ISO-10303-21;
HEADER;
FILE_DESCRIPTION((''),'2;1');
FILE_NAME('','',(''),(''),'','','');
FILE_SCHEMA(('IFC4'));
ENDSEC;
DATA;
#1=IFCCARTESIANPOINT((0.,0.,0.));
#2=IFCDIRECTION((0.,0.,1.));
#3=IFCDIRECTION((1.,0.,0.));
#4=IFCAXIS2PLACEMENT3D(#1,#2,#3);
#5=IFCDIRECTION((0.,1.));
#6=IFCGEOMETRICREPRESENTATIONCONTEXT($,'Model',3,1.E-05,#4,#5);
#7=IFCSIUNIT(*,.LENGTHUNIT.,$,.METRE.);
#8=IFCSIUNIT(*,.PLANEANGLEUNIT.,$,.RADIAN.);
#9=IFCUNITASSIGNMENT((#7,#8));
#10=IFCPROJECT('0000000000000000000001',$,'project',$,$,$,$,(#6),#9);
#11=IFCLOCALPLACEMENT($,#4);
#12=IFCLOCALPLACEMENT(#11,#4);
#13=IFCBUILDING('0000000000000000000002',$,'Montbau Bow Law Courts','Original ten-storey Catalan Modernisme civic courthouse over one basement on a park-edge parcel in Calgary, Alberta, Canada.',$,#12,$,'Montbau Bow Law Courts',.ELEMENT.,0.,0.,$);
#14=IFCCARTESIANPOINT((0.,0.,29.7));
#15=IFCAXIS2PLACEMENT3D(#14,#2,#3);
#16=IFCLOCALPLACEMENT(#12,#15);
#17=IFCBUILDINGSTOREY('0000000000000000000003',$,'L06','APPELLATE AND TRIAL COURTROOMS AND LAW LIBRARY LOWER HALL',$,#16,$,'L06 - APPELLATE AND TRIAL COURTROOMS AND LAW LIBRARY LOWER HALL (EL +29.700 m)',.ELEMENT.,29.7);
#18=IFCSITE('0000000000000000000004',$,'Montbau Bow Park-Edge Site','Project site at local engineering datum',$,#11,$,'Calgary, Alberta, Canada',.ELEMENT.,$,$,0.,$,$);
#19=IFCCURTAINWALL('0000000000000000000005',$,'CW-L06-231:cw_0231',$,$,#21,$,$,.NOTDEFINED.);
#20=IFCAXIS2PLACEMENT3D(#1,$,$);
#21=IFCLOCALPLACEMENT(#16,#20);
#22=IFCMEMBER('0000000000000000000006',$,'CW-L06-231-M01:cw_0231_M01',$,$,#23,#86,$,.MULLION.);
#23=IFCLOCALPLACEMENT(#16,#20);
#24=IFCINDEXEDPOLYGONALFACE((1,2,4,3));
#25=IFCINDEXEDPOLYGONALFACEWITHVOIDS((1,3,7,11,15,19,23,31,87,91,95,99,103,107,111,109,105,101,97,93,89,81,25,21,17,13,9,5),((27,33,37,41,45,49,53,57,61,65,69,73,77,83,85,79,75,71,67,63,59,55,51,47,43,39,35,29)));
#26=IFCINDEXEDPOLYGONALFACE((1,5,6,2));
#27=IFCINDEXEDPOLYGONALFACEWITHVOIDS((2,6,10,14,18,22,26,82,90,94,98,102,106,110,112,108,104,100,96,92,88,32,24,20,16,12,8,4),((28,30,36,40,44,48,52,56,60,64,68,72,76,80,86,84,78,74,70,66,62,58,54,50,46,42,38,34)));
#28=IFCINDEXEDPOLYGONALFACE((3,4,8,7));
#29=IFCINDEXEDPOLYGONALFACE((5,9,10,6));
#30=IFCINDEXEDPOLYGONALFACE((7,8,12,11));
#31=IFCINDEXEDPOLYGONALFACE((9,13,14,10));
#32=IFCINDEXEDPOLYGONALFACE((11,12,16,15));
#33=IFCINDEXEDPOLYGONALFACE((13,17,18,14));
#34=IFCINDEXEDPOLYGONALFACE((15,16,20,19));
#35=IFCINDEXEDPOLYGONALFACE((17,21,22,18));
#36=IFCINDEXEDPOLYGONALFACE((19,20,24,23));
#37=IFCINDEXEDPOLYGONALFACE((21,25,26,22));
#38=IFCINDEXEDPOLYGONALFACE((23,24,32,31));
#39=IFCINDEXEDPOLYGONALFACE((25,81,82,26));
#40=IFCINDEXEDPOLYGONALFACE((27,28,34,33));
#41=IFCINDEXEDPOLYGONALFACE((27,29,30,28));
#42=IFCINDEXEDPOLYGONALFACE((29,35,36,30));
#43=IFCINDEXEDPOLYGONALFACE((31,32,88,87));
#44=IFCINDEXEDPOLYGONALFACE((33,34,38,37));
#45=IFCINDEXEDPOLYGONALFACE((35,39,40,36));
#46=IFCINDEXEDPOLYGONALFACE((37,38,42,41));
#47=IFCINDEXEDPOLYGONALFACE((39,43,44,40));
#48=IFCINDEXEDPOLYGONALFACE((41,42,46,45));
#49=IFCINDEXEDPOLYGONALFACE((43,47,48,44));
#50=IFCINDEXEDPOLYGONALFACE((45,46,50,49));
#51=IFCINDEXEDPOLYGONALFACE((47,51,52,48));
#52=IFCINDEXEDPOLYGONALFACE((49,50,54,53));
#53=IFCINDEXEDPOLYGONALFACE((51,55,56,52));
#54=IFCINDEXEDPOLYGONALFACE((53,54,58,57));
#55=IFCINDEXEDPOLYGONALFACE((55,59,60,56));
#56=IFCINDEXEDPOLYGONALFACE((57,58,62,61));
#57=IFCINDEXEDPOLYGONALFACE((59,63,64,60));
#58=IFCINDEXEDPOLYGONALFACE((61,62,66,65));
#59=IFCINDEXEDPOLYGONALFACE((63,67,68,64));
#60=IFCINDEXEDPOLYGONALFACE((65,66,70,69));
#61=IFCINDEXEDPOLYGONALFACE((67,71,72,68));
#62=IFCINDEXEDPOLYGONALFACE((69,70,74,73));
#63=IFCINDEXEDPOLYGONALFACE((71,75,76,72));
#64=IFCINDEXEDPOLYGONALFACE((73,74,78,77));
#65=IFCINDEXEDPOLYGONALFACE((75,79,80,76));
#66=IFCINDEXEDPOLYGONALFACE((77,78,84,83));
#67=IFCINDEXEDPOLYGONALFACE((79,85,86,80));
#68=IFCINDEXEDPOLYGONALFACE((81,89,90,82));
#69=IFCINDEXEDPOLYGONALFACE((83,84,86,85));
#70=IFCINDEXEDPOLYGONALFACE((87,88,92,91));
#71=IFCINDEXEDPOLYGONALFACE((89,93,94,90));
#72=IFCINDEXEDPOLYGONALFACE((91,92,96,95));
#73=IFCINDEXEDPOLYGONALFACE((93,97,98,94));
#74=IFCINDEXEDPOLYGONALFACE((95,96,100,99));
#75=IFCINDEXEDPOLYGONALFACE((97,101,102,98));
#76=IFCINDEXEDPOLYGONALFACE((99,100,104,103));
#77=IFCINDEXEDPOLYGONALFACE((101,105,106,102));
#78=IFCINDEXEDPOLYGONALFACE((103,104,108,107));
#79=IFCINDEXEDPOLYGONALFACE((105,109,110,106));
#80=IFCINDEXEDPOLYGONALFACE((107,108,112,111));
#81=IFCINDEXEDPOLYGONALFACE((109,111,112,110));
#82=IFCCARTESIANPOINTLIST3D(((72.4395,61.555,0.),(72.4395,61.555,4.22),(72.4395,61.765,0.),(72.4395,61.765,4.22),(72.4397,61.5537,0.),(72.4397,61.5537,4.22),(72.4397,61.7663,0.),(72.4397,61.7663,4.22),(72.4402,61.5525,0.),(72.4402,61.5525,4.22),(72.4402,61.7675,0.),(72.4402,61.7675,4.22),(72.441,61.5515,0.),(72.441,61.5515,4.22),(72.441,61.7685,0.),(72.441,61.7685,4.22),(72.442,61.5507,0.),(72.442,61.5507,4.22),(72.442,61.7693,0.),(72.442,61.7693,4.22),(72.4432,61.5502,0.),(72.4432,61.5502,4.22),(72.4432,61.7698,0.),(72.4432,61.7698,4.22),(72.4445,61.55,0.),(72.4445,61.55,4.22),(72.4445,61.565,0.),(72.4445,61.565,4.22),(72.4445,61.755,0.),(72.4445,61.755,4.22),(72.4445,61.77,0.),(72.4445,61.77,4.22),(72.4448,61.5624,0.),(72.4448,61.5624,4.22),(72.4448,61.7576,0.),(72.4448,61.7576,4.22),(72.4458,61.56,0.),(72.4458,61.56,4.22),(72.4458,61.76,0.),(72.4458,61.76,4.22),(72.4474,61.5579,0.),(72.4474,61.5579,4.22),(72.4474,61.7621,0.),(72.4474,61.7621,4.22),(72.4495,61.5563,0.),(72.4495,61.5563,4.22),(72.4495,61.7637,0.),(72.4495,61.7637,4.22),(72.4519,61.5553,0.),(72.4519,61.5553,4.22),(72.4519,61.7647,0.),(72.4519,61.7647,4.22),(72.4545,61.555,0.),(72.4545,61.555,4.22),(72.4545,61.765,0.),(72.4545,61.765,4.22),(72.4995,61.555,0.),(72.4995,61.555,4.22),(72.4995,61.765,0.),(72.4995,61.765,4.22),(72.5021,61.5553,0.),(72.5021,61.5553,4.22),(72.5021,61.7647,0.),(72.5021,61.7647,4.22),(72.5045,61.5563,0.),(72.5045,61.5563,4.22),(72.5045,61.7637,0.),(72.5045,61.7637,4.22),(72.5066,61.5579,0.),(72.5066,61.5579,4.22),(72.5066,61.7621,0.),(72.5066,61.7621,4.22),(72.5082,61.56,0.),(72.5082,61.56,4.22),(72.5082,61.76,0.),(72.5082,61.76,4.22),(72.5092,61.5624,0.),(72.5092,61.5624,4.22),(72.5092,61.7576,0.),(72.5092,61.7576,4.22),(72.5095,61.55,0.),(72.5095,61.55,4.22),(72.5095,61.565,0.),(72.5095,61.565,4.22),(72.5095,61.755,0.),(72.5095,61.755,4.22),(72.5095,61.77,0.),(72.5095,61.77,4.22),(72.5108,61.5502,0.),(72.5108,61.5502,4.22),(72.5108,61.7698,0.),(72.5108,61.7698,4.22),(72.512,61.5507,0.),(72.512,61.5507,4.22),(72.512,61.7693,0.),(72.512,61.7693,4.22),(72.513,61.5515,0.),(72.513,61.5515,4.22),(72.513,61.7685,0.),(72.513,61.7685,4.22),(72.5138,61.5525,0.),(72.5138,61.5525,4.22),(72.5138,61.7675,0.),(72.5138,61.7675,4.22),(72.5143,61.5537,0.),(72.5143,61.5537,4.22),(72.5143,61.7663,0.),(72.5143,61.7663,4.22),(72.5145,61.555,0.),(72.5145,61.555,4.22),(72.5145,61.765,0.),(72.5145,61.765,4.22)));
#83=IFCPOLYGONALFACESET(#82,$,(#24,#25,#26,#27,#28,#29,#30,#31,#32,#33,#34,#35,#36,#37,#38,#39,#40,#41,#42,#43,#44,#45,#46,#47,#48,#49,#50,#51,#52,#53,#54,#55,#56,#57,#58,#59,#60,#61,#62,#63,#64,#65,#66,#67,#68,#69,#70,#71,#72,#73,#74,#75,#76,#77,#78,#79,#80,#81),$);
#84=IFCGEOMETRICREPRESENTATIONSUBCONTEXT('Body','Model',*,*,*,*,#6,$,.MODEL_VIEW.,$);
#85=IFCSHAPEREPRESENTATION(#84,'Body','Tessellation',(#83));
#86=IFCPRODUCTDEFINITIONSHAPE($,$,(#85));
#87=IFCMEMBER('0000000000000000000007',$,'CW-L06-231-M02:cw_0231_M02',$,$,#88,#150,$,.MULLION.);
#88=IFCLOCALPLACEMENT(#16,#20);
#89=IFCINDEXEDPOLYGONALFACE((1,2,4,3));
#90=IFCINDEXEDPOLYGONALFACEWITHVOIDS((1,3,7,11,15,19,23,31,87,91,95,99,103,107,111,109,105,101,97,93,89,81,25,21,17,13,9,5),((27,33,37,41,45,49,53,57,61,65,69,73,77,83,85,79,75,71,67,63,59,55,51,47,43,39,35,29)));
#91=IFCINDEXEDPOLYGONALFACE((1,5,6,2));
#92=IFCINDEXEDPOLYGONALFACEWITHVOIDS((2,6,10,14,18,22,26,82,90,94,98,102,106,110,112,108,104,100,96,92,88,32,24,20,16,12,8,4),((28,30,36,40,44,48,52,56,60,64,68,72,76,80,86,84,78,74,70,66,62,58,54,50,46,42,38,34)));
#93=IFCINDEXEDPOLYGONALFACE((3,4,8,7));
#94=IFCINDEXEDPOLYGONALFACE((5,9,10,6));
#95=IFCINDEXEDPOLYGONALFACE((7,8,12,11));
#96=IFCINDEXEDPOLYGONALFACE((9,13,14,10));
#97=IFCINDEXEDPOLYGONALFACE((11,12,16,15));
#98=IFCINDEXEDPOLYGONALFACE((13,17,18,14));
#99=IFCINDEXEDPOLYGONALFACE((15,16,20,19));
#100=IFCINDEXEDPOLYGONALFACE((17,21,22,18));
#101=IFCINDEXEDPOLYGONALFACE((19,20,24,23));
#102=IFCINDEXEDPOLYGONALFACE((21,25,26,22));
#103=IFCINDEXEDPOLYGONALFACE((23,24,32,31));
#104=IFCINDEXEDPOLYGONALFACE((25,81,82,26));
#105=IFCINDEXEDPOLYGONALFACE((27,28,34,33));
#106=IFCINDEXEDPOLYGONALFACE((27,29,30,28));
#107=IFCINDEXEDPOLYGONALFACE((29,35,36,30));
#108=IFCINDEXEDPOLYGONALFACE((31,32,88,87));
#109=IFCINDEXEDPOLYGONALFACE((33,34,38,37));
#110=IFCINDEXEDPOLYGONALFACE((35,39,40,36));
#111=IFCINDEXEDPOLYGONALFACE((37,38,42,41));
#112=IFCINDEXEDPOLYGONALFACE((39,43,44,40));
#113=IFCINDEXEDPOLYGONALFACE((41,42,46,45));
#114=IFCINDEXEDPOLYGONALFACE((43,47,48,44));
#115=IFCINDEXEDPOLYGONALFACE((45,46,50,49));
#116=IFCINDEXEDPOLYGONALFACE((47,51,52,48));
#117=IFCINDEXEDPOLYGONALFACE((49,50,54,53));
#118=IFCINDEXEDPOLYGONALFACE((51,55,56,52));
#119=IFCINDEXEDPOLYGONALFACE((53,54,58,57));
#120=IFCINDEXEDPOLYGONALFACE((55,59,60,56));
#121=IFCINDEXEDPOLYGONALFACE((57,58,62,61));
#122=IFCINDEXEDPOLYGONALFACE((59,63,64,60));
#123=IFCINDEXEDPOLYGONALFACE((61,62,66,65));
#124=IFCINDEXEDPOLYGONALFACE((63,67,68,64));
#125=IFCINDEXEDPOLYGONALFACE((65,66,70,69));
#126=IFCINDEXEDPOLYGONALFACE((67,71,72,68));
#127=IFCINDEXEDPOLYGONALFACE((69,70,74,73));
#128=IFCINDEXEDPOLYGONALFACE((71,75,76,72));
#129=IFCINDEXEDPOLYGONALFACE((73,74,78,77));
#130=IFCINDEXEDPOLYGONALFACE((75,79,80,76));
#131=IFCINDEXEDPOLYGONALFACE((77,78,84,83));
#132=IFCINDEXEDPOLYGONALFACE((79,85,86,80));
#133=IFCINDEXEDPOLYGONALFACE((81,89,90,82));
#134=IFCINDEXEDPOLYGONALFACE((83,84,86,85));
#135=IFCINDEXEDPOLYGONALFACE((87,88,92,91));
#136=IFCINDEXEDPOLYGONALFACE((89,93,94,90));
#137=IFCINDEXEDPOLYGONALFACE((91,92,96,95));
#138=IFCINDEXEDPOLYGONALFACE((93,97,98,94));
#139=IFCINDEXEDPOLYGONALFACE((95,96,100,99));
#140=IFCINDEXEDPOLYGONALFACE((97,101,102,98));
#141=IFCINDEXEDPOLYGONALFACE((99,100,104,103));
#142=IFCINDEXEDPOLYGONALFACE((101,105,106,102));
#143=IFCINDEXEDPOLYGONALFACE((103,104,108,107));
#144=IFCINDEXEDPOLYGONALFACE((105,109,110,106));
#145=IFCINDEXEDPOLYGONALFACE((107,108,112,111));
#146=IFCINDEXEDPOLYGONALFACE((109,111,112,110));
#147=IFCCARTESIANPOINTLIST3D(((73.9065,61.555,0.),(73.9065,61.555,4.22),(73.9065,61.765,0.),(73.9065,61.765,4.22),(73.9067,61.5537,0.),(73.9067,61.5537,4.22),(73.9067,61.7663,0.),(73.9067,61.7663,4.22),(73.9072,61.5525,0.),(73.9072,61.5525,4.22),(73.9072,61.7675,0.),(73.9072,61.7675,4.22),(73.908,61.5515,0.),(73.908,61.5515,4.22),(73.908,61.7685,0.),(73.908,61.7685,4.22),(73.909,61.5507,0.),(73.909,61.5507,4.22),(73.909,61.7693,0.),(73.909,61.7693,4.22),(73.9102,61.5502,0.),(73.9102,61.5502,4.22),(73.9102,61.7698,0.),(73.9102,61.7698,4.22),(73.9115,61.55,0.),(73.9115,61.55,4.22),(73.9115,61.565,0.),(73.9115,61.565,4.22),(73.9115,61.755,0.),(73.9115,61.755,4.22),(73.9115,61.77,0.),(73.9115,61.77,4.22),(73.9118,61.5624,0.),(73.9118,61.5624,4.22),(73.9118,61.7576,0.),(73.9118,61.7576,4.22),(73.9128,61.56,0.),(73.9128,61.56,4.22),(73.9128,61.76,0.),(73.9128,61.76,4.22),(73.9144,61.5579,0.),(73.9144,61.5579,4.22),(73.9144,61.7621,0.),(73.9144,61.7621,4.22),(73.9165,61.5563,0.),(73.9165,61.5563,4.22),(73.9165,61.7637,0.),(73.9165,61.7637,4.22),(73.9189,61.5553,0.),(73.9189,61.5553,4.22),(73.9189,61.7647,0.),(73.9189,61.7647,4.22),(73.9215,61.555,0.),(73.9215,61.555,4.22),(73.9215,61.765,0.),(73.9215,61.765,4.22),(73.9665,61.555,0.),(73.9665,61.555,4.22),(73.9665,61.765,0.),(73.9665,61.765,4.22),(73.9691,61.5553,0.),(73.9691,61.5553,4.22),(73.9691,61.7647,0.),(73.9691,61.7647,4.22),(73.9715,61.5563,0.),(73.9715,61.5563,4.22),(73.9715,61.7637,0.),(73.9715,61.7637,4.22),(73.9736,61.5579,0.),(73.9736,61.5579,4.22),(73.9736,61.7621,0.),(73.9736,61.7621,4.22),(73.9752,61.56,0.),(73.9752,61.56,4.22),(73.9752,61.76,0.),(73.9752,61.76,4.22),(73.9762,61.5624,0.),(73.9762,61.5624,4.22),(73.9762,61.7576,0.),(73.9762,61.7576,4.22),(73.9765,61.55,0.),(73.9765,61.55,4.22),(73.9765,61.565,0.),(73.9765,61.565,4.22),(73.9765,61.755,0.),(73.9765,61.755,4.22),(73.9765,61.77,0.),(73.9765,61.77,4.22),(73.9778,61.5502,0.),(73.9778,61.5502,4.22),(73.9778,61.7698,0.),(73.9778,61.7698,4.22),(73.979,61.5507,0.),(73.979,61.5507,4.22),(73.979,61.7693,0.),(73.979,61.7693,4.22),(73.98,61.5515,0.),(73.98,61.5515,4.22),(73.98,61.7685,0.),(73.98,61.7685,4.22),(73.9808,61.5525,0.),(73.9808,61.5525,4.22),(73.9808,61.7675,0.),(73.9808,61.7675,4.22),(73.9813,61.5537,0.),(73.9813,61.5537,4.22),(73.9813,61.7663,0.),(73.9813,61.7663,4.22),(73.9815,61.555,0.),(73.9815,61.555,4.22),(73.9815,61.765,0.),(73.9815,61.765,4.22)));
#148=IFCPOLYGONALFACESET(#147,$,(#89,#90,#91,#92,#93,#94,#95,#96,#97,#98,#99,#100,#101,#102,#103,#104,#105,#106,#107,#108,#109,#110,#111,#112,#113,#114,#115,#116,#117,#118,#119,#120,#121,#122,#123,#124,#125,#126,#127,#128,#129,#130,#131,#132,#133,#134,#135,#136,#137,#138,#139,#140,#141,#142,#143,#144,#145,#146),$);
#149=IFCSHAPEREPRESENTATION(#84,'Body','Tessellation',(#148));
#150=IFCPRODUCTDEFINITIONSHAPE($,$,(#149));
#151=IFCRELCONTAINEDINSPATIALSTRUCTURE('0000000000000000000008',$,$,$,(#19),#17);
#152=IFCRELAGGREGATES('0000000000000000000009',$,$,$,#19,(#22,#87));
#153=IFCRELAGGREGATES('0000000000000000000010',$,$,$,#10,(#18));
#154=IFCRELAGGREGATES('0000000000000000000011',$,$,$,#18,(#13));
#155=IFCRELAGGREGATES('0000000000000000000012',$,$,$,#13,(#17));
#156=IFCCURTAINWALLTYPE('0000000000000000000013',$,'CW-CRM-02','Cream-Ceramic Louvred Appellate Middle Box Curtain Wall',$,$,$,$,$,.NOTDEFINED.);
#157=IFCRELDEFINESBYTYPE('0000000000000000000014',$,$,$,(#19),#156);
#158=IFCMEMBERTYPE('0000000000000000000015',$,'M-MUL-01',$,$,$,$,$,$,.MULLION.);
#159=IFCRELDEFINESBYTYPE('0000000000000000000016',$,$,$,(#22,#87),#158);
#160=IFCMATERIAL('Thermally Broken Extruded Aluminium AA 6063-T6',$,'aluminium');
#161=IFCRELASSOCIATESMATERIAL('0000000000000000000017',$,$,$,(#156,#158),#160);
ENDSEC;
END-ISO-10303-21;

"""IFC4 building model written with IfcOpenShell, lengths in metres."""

from ifc_helpers import new_model, si_unit, direction, frame, origin_with_axes, origin_2d_with_axis, place, context, subcontext, project, spatial, hollow_rectangle, extrude, material, material_profile, profile_set, type_object, element, aggregate, save


model = new_model("IFC4")

# Units and contexts
model_context = context("Model", 3, precision=1e-05, world=origin_with_axes(), true_north=direction((0.0, 1.0)))
body_context = subcontext(model_context, "Body", "Model", "MODEL_VIEW")
ifc_project = project(units=[si_unit("LENGTHUNIT", "METRE"), si_unit("PLANEANGLEUNIT", "RADIAN")], contexts=[model_context])

# Site, building, storey
site_placement = place(None, origin_with_axes())
site = spatial("IfcSite", under=ifc_project, at=site_placement, Name="Montbau Bow Park-Edge Site", Description="Project site at local engineering datum", LongName="Calgary, Alberta, Canada", CompositionType="ELEMENT", RefElevation=0.0)
building_placement = place(site_placement, origin_with_axes())
building = spatial("IfcBuilding", under=site, at=building_placement, Name="Montbau Bow Law Courts", Description="Original ten-storey Catalan Modernisme civic courthouse over one basement on a park-edge parcel in Calgary, Alberta, Canada.", LongName="Montbau Bow Law Courts", CompositionType="ELEMENT", ElevationOfRefHeight=0.0, ElevationOfTerrain=0.0)
storey_placement = place(building_placement, frame((0.0, 0.0, 29.7), z_axis=(0.0, 0.0, 1.0), x_axis=(1.0, 0.0, 0.0)))
storey = spatial("IfcBuildingStorey", under=building, at=storey_placement, Name="L06", Description="APPELLATE AND TRIAL COURTROOMS AND LAW LIBRARY LOWER HALL", LongName="L06 - APPELLATE AND TRIAL COURTROOMS AND LAW LIBRARY LOWER HALL (EL +29.700 m)", CompositionType="ELEMENT", Elevation=29.7)

# Curtain wall, members
ifc_material_1 = material(Name="Thermally Broken Extruded Aluminium AA 6063-T6", Category="aluminium")
curtain_wall_type = type_object("IfcCurtainWallType", Name="CW-CRM-02", Description="Cream-Ceramic Louvred Appellate Middle Box Curtain Wall", PredefinedType="NOTDEFINED", material=ifc_material_1)
curtain_wall_1_placement = place(None, frame((72.44, 61.66, 29.7), z_axis=(0.0, 0.0, 1.0), x_axis=(1.0, 0.0, 0.0)))
curtain_wall_1 = element("IfcCurtainWall", 1, at=curtain_wall_1_placement, inside=storey, type_object=curtain_wall_type, Name="CW-L06-231:cw_0231", PredefinedType="NOTDEFINED")
ifc_material_profile_1 = material_profile(ifc_material_1, hollow_rectangle(XDim=0.075, YDim=0.22, WallThickness=0.005, InnerFilletRadius=0.01, OuterFilletRadius=0.005, at=origin_2d_with_axis()), Name="CWM-220X75", Category="Main", Priority=0)
ifc_profile_set_1 = profile_set([ifc_material_profile_1], Name="Thermally Broken Extruded Aluminium AA 6063-T6")
member_type_1 = type_object("IfcMemberType", Name="M-MUL-01", PredefinedType="MULLION", material=ifc_profile_set_1)
member_1_placement = place(None, frame((72.477, 61.66, 29.7), z_axis=(0.0, 0.0, 1.0), x_axis=(1.0, 0.0, 0.0)))
member_1 = element("IfcMember", 2, at=member_1_placement, type_object=member_type_1, Name="CW-L06-231-M01:cw_0231_M01", PredefinedType="MULLION", context=body_context, shape_type="SweptSolid", body=[
    extrude(hollow_rectangle(XDim=0.075, YDim=0.22, WallThickness=0.005, InnerFilletRadius=0.01, OuterFilletRadius=0.005, at=origin_2d_with_axis()), origin_with_axes(), (0.0, 0.0, 1.0), 4.22),
])
member_2_placement = place(None, frame((73.944, 61.66, 29.7), z_axis=(0.0, 0.0, 1.0), x_axis=(1.0, 0.0, 0.0)))
member_2 = element("IfcMember", 3, at=member_2_placement, type_object=member_type_1, Name="CW-L06-231-M02:cw_0231_M02", PredefinedType="MULLION", context=body_context, shape_type="SweptSolid", body=[
    extrude(hollow_rectangle(XDim=0.075, YDim=0.22, WallThickness=0.005, InnerFilletRadius=0.01, OuterFilletRadius=0.005, at=origin_2d_with_axis()), origin_with_axes(), (0.0, 0.0, 1.0), 4.22),
])

aggregate(curtain_wall_1, [member_1, member_2])

save(model, "model.ifc")
